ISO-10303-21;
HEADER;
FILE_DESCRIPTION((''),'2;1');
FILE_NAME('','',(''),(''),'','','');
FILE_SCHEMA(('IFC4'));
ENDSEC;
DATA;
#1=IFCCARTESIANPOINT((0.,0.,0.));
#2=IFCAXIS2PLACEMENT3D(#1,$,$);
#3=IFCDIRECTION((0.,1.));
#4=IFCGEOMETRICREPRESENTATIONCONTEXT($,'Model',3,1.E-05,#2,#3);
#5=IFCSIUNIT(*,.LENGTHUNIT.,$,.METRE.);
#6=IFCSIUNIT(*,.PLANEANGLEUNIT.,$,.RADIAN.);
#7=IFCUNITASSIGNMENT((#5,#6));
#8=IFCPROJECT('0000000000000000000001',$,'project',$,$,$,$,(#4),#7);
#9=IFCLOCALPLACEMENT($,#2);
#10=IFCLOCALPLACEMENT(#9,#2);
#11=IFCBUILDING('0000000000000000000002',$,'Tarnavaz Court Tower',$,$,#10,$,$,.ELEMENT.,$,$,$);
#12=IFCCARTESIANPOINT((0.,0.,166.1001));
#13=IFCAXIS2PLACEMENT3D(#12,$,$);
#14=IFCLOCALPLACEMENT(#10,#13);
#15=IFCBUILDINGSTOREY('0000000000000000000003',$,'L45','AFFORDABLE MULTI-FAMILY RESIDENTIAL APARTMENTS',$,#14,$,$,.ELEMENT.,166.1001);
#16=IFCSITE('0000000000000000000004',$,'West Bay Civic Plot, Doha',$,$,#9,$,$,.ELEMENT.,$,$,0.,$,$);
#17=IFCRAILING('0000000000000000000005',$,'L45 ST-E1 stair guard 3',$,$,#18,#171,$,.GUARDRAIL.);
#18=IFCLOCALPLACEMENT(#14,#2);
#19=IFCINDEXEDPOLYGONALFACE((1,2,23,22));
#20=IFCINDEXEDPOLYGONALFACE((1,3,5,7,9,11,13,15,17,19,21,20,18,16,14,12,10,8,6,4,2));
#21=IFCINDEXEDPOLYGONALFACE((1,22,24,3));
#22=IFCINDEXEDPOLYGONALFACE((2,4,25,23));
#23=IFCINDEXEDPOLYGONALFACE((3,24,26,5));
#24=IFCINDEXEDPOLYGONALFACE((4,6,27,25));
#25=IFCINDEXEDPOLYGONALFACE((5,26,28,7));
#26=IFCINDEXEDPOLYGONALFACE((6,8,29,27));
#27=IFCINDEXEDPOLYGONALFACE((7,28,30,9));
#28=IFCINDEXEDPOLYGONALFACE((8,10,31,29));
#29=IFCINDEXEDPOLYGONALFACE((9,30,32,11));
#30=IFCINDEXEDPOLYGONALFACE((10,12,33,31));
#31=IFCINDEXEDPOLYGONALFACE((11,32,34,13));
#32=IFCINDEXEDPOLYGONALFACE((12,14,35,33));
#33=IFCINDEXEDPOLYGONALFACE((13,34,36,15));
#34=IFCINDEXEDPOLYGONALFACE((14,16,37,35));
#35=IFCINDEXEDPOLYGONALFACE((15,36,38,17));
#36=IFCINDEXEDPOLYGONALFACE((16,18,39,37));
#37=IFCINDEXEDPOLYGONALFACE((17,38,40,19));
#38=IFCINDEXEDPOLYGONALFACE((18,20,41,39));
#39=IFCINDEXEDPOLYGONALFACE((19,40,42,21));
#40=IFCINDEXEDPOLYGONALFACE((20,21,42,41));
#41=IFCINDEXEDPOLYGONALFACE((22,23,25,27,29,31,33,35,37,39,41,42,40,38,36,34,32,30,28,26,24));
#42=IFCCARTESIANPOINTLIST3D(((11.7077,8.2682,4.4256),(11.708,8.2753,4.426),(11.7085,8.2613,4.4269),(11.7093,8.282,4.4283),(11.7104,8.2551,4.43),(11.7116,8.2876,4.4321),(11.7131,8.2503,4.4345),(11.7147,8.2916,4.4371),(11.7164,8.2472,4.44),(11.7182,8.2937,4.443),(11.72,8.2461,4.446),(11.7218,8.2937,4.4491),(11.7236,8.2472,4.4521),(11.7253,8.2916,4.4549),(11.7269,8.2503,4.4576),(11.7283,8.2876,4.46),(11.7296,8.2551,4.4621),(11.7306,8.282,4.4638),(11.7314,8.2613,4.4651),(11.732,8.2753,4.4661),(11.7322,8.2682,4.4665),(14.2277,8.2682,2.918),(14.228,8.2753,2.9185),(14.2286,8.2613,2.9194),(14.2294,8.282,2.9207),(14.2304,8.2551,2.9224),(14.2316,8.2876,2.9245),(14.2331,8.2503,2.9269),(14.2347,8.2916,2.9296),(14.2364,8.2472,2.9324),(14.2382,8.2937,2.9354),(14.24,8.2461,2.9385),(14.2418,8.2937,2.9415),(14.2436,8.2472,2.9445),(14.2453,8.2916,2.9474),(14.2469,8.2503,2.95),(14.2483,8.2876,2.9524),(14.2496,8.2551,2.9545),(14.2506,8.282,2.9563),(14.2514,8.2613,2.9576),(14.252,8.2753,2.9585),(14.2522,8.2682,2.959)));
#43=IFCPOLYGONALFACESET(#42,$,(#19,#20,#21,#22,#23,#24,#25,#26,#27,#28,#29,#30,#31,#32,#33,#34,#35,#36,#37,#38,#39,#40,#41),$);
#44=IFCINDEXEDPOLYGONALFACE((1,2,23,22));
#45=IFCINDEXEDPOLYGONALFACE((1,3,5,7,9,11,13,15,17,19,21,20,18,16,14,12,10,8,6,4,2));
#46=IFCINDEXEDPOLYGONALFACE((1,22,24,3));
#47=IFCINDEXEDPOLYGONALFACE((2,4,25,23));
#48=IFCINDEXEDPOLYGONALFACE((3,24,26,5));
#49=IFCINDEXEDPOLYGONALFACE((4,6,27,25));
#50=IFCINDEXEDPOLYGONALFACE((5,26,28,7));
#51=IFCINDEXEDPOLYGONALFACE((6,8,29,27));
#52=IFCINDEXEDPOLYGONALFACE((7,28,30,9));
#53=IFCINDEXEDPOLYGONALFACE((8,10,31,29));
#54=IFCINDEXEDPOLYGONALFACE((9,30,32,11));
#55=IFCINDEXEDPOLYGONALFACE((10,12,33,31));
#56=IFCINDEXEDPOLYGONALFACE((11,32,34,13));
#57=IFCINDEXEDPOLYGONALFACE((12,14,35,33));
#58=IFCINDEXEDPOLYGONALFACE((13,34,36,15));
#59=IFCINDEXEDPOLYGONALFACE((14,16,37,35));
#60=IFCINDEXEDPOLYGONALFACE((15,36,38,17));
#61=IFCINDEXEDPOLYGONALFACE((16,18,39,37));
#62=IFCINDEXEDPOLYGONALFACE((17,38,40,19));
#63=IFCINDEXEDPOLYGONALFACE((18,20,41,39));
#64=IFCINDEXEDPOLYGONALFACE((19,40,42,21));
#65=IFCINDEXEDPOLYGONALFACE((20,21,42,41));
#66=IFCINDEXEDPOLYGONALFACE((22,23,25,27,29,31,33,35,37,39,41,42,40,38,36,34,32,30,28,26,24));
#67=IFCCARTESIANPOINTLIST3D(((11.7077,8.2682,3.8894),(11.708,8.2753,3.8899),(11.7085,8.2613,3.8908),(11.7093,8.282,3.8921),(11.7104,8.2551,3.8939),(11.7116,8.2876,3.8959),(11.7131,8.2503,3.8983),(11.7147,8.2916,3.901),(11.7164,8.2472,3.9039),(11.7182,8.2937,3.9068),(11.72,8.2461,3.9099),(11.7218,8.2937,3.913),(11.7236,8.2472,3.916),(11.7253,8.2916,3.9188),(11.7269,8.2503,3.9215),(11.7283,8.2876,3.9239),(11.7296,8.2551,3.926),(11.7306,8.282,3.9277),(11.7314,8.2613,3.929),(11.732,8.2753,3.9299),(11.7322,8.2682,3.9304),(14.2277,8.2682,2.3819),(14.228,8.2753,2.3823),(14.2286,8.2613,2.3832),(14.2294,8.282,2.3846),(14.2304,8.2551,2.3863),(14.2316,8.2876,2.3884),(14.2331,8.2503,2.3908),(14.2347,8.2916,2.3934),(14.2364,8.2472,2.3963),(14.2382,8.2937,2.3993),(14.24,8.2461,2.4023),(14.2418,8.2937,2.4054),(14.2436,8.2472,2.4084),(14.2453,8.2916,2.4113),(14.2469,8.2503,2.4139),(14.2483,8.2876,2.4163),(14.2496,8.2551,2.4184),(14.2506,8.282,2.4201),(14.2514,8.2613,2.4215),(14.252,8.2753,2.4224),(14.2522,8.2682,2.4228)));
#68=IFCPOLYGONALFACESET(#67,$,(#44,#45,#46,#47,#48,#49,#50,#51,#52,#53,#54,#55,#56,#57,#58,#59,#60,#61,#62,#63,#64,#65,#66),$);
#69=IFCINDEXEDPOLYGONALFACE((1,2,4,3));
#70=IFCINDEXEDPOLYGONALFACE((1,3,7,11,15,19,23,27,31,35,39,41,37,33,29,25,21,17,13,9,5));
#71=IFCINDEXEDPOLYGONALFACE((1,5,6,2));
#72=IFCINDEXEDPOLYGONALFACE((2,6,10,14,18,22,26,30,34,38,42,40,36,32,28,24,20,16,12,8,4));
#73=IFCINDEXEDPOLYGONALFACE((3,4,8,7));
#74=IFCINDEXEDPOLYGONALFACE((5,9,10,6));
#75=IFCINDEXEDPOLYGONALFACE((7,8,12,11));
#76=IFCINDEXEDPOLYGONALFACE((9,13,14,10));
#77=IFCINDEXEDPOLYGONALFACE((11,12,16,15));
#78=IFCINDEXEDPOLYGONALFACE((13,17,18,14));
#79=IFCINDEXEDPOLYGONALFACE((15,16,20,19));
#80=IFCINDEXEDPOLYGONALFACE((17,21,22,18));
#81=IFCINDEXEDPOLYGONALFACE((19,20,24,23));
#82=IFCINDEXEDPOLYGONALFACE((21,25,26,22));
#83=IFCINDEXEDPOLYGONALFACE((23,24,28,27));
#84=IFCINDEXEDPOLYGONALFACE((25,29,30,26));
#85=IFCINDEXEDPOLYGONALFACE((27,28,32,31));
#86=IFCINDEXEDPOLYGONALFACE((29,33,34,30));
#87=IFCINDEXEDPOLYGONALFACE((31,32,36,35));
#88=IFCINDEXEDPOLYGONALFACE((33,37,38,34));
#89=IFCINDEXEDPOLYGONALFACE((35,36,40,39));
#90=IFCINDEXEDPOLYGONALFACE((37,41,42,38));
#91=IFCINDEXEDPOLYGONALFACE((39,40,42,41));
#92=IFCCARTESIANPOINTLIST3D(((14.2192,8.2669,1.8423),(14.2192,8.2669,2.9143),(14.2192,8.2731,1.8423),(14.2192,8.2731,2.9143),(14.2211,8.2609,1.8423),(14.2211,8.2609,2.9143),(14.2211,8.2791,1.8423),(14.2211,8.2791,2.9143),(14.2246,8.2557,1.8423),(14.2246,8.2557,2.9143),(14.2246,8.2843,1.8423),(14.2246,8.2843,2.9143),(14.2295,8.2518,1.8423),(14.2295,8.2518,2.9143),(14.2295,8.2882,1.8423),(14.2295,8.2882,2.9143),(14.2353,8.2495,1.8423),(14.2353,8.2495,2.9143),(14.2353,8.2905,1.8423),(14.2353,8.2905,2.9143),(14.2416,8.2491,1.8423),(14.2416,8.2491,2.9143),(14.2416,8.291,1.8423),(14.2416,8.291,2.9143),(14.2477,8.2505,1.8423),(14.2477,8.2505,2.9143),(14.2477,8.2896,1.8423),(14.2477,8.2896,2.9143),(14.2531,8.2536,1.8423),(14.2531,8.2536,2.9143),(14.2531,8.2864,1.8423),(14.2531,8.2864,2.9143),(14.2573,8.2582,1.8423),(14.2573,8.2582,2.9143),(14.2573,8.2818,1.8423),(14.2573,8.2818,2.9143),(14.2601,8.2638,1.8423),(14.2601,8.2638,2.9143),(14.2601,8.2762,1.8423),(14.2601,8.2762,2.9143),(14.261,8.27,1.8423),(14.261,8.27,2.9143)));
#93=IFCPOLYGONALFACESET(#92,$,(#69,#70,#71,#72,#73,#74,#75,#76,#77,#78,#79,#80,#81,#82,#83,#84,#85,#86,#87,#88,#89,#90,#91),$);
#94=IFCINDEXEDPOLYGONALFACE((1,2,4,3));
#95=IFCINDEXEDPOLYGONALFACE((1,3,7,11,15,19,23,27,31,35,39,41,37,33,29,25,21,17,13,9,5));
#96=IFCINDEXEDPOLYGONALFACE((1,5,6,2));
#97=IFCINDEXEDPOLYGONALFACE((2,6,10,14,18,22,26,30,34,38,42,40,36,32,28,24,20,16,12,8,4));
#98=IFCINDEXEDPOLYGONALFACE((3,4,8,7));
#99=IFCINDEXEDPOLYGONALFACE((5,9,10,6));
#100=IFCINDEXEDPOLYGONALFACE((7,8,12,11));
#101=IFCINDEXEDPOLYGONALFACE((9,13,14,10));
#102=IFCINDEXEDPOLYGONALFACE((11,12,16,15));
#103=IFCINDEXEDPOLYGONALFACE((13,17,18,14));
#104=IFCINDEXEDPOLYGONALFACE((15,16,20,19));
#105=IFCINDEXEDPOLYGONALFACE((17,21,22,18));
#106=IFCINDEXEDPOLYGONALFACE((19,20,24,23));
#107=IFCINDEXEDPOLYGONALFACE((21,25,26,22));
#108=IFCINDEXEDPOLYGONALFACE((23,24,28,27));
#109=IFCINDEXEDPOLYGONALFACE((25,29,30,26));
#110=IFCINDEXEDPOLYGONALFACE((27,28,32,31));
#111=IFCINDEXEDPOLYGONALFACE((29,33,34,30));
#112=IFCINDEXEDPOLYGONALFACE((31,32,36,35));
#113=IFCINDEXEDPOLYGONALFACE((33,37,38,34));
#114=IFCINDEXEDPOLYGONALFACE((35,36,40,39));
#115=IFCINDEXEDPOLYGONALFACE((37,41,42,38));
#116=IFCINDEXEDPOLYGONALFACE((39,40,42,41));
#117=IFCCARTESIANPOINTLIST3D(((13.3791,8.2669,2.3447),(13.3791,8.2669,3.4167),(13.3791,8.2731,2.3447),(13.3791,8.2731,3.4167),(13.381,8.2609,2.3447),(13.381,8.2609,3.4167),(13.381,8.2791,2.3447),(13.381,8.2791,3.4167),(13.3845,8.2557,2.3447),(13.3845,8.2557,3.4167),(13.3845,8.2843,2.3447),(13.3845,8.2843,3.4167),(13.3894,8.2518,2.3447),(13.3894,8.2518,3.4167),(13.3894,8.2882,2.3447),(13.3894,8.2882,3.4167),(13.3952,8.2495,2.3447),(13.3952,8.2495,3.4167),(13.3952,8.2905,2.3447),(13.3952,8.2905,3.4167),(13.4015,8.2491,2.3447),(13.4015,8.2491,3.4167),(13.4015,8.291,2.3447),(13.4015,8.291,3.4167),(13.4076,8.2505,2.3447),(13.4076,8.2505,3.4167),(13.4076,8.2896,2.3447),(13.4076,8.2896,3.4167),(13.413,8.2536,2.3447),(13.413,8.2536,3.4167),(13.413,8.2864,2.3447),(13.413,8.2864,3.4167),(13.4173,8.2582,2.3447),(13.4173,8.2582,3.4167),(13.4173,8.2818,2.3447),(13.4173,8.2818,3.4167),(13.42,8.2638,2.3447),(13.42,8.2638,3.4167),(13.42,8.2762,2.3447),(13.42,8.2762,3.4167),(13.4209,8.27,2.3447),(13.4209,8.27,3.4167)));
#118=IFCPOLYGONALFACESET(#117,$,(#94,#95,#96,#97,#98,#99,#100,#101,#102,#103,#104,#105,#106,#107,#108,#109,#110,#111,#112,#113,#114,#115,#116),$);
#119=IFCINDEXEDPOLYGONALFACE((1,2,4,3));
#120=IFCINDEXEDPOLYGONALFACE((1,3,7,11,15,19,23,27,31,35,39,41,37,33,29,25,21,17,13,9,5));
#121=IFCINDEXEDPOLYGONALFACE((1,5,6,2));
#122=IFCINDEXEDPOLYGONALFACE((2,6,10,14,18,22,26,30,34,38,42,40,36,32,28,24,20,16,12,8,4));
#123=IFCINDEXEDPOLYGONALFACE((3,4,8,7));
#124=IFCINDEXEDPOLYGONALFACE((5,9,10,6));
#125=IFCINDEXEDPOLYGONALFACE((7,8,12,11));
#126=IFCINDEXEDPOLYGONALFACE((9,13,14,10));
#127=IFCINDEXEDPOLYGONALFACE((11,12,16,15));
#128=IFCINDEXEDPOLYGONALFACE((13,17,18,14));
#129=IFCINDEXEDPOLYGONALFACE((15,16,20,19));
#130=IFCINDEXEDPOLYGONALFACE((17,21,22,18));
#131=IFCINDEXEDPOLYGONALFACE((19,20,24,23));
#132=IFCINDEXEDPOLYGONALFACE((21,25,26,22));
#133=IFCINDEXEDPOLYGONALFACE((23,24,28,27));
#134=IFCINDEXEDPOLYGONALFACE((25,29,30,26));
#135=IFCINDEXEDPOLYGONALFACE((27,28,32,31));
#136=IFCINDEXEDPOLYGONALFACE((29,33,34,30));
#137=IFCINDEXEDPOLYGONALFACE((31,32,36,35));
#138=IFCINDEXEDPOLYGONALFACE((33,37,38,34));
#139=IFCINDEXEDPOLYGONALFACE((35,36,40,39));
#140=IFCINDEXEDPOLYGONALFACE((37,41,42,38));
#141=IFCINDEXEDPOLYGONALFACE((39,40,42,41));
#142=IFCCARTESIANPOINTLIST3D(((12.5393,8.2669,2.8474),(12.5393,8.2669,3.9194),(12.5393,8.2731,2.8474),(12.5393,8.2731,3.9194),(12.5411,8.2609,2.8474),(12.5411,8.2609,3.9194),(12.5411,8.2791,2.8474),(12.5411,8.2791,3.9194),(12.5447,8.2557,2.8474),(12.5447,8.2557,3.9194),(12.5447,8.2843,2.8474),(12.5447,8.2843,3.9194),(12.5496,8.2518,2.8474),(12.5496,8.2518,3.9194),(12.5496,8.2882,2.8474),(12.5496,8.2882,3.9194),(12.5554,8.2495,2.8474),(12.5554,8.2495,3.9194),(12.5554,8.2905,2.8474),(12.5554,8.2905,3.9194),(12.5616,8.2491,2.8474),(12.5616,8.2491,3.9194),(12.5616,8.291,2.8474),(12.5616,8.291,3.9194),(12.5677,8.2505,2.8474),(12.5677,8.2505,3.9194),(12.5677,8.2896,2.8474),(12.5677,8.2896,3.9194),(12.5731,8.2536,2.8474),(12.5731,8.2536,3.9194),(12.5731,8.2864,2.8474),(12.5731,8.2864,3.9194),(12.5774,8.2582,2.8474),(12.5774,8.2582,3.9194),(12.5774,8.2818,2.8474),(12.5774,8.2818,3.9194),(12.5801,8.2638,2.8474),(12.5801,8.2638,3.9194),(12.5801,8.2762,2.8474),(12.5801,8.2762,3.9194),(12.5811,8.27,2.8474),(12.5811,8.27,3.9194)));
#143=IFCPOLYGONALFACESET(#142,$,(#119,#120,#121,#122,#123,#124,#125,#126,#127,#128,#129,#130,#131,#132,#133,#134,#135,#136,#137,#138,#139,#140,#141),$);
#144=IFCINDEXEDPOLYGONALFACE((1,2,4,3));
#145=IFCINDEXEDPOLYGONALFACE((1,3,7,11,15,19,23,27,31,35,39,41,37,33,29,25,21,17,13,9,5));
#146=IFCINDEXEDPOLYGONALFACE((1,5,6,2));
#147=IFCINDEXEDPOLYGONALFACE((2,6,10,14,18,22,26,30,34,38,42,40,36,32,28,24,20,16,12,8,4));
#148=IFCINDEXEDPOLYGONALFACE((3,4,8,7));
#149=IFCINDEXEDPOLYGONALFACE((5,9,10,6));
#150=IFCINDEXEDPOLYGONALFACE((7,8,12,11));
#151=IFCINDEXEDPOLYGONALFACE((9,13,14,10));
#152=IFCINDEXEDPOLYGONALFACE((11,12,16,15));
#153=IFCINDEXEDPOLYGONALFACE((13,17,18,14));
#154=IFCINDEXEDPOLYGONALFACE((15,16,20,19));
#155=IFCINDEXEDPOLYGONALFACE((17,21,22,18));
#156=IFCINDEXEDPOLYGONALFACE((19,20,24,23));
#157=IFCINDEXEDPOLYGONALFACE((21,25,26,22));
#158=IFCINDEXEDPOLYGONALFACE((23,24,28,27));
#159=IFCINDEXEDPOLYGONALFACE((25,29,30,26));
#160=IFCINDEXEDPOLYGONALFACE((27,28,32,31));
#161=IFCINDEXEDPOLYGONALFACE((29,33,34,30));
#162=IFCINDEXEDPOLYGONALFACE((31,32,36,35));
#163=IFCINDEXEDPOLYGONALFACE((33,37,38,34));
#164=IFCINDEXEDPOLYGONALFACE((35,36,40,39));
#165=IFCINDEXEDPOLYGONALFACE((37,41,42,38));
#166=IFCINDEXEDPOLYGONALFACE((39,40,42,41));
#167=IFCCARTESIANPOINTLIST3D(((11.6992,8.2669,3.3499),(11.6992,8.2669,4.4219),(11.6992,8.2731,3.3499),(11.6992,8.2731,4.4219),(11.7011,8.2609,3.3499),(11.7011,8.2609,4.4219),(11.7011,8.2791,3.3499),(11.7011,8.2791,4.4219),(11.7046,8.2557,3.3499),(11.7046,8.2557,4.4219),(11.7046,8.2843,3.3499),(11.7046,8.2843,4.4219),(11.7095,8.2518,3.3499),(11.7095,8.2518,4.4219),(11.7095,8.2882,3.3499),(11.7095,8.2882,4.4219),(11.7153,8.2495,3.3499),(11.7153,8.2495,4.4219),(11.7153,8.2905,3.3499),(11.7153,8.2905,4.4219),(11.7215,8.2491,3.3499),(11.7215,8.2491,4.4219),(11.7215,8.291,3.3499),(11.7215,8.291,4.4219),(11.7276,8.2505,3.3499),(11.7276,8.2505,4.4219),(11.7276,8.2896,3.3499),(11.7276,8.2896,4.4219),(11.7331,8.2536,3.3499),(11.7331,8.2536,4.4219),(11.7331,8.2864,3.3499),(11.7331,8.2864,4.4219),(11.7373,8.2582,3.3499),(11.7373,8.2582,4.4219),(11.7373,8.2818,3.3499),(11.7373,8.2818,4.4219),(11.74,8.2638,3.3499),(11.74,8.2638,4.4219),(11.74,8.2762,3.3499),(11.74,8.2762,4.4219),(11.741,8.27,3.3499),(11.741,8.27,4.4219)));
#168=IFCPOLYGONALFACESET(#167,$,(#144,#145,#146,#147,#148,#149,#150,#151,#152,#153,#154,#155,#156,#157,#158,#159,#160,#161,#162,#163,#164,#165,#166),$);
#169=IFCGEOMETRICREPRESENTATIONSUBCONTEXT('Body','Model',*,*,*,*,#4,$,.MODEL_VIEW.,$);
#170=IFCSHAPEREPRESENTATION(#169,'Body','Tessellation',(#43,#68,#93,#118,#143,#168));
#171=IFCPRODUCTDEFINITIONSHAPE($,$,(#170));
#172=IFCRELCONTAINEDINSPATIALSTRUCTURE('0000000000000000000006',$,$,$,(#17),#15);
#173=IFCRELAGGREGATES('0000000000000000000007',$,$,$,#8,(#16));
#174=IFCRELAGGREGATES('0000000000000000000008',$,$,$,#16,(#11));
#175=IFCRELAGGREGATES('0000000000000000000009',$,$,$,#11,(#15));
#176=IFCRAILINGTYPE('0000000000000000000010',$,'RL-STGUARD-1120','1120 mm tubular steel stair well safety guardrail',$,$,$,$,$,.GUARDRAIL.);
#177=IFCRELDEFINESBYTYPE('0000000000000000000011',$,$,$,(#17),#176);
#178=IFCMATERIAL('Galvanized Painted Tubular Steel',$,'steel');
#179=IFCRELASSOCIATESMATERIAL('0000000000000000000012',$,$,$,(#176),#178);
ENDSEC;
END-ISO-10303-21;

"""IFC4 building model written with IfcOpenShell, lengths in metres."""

from ifc_helpers import new_model, si_unit, direction, frame, origin, origin_2d, place, context, subcontext, project, spatial, circle, extrude, material, type_object, element, save


model = new_model("IFC4")

# Units and contexts
model_context = context("Model", 3, precision=1e-05, world=origin(), true_north=direction((0.0, 1.0)))
body_context = subcontext(model_context, "Body", "Model", "MODEL_VIEW")
ifc_project = project(units=[si_unit("LENGTHUNIT", "METRE"), si_unit("PLANEANGLEUNIT", "RADIAN")], contexts=[model_context])

# Site, building, storey
site_placement = place(None, origin())
site = spatial("IfcSite", under=ifc_project, at=site_placement, Name="West Bay Civic Plot, Doha", CompositionType="ELEMENT", RefElevation=0.0)
building_placement = place(site_placement, origin())
building = spatial("IfcBuilding", under=site, at=building_placement, Name="Tarnavaz Court Tower", CompositionType="ELEMENT")
storey_placement = place(building_placement, frame((0.0, 0.0, 166.1001)))
storey = spatial("IfcBuildingStorey", under=building, at=storey_placement, Name="L45", Description="AFFORDABLE MULTI-FAMILY RESIDENTIAL APARTMENTS", CompositionType="ELEMENT", Elevation=166.1001)

# Railing
ifc_material_1 = material(Name="Galvanized Painted Tubular Steel", Category="steel")
railing_type_1 = type_object("IfcRailingType", Name="RL-STGUARD-1120", Description="1120 mm tubular steel stair well safety guardrail", PredefinedType="GUARDRAIL", material=ifc_material_1)
railing_1_placement = place(storey_placement, frame((14.24, 8.27, 1.8423)))
element("IfcRailing", 1, at=railing_1_placement, inside=storey, type_object=railing_type_1, Name="L45 ST-E1 stair guard 3", PredefinedType="GUARDRAIL", context=body_context, shape_type="SweptSolid", body=[
    extrude(circle(Radius=0.0239, at=origin_2d()), frame((0.0, 0.0, 1.0962), z_axis=(-0.85816, 0.0, 0.513383), x_axis=(0.0, -1.0, 0.0)), (0.0, 0.0, 1.0), 2.9365),
    extrude(circle(Radius=0.0239, at=origin_2d()), frame((0.0, 0.0, 0.5601), z_axis=(-0.85816, 0.0, 0.513383), x_axis=(0.0, -1.0, 0.0)), (0.0, 0.0, 1.0), 2.9365),
    extrude(circle(Radius=0.021, at=origin_2d()), origin(), (0.0, 0.0, 1.0), 1.072),
    extrude(circle(Radius=0.021, at=origin_2d()), frame((-0.8401, 0.0, 0.5024)), (0.0, 0.0, 1.0), 1.072),
    extrude(circle(Radius=0.021, at=origin_2d()), frame((-1.6799, 0.0, 1.0051)), (0.0, 0.0, 1.0), 1.072),
    extrude(circle(Radius=0.021, at=origin_2d()), frame((-2.52, 0.0, 1.5076)), (0.0, 0.0, 1.0), 1.072),
])

save(model, "model.ifc")
